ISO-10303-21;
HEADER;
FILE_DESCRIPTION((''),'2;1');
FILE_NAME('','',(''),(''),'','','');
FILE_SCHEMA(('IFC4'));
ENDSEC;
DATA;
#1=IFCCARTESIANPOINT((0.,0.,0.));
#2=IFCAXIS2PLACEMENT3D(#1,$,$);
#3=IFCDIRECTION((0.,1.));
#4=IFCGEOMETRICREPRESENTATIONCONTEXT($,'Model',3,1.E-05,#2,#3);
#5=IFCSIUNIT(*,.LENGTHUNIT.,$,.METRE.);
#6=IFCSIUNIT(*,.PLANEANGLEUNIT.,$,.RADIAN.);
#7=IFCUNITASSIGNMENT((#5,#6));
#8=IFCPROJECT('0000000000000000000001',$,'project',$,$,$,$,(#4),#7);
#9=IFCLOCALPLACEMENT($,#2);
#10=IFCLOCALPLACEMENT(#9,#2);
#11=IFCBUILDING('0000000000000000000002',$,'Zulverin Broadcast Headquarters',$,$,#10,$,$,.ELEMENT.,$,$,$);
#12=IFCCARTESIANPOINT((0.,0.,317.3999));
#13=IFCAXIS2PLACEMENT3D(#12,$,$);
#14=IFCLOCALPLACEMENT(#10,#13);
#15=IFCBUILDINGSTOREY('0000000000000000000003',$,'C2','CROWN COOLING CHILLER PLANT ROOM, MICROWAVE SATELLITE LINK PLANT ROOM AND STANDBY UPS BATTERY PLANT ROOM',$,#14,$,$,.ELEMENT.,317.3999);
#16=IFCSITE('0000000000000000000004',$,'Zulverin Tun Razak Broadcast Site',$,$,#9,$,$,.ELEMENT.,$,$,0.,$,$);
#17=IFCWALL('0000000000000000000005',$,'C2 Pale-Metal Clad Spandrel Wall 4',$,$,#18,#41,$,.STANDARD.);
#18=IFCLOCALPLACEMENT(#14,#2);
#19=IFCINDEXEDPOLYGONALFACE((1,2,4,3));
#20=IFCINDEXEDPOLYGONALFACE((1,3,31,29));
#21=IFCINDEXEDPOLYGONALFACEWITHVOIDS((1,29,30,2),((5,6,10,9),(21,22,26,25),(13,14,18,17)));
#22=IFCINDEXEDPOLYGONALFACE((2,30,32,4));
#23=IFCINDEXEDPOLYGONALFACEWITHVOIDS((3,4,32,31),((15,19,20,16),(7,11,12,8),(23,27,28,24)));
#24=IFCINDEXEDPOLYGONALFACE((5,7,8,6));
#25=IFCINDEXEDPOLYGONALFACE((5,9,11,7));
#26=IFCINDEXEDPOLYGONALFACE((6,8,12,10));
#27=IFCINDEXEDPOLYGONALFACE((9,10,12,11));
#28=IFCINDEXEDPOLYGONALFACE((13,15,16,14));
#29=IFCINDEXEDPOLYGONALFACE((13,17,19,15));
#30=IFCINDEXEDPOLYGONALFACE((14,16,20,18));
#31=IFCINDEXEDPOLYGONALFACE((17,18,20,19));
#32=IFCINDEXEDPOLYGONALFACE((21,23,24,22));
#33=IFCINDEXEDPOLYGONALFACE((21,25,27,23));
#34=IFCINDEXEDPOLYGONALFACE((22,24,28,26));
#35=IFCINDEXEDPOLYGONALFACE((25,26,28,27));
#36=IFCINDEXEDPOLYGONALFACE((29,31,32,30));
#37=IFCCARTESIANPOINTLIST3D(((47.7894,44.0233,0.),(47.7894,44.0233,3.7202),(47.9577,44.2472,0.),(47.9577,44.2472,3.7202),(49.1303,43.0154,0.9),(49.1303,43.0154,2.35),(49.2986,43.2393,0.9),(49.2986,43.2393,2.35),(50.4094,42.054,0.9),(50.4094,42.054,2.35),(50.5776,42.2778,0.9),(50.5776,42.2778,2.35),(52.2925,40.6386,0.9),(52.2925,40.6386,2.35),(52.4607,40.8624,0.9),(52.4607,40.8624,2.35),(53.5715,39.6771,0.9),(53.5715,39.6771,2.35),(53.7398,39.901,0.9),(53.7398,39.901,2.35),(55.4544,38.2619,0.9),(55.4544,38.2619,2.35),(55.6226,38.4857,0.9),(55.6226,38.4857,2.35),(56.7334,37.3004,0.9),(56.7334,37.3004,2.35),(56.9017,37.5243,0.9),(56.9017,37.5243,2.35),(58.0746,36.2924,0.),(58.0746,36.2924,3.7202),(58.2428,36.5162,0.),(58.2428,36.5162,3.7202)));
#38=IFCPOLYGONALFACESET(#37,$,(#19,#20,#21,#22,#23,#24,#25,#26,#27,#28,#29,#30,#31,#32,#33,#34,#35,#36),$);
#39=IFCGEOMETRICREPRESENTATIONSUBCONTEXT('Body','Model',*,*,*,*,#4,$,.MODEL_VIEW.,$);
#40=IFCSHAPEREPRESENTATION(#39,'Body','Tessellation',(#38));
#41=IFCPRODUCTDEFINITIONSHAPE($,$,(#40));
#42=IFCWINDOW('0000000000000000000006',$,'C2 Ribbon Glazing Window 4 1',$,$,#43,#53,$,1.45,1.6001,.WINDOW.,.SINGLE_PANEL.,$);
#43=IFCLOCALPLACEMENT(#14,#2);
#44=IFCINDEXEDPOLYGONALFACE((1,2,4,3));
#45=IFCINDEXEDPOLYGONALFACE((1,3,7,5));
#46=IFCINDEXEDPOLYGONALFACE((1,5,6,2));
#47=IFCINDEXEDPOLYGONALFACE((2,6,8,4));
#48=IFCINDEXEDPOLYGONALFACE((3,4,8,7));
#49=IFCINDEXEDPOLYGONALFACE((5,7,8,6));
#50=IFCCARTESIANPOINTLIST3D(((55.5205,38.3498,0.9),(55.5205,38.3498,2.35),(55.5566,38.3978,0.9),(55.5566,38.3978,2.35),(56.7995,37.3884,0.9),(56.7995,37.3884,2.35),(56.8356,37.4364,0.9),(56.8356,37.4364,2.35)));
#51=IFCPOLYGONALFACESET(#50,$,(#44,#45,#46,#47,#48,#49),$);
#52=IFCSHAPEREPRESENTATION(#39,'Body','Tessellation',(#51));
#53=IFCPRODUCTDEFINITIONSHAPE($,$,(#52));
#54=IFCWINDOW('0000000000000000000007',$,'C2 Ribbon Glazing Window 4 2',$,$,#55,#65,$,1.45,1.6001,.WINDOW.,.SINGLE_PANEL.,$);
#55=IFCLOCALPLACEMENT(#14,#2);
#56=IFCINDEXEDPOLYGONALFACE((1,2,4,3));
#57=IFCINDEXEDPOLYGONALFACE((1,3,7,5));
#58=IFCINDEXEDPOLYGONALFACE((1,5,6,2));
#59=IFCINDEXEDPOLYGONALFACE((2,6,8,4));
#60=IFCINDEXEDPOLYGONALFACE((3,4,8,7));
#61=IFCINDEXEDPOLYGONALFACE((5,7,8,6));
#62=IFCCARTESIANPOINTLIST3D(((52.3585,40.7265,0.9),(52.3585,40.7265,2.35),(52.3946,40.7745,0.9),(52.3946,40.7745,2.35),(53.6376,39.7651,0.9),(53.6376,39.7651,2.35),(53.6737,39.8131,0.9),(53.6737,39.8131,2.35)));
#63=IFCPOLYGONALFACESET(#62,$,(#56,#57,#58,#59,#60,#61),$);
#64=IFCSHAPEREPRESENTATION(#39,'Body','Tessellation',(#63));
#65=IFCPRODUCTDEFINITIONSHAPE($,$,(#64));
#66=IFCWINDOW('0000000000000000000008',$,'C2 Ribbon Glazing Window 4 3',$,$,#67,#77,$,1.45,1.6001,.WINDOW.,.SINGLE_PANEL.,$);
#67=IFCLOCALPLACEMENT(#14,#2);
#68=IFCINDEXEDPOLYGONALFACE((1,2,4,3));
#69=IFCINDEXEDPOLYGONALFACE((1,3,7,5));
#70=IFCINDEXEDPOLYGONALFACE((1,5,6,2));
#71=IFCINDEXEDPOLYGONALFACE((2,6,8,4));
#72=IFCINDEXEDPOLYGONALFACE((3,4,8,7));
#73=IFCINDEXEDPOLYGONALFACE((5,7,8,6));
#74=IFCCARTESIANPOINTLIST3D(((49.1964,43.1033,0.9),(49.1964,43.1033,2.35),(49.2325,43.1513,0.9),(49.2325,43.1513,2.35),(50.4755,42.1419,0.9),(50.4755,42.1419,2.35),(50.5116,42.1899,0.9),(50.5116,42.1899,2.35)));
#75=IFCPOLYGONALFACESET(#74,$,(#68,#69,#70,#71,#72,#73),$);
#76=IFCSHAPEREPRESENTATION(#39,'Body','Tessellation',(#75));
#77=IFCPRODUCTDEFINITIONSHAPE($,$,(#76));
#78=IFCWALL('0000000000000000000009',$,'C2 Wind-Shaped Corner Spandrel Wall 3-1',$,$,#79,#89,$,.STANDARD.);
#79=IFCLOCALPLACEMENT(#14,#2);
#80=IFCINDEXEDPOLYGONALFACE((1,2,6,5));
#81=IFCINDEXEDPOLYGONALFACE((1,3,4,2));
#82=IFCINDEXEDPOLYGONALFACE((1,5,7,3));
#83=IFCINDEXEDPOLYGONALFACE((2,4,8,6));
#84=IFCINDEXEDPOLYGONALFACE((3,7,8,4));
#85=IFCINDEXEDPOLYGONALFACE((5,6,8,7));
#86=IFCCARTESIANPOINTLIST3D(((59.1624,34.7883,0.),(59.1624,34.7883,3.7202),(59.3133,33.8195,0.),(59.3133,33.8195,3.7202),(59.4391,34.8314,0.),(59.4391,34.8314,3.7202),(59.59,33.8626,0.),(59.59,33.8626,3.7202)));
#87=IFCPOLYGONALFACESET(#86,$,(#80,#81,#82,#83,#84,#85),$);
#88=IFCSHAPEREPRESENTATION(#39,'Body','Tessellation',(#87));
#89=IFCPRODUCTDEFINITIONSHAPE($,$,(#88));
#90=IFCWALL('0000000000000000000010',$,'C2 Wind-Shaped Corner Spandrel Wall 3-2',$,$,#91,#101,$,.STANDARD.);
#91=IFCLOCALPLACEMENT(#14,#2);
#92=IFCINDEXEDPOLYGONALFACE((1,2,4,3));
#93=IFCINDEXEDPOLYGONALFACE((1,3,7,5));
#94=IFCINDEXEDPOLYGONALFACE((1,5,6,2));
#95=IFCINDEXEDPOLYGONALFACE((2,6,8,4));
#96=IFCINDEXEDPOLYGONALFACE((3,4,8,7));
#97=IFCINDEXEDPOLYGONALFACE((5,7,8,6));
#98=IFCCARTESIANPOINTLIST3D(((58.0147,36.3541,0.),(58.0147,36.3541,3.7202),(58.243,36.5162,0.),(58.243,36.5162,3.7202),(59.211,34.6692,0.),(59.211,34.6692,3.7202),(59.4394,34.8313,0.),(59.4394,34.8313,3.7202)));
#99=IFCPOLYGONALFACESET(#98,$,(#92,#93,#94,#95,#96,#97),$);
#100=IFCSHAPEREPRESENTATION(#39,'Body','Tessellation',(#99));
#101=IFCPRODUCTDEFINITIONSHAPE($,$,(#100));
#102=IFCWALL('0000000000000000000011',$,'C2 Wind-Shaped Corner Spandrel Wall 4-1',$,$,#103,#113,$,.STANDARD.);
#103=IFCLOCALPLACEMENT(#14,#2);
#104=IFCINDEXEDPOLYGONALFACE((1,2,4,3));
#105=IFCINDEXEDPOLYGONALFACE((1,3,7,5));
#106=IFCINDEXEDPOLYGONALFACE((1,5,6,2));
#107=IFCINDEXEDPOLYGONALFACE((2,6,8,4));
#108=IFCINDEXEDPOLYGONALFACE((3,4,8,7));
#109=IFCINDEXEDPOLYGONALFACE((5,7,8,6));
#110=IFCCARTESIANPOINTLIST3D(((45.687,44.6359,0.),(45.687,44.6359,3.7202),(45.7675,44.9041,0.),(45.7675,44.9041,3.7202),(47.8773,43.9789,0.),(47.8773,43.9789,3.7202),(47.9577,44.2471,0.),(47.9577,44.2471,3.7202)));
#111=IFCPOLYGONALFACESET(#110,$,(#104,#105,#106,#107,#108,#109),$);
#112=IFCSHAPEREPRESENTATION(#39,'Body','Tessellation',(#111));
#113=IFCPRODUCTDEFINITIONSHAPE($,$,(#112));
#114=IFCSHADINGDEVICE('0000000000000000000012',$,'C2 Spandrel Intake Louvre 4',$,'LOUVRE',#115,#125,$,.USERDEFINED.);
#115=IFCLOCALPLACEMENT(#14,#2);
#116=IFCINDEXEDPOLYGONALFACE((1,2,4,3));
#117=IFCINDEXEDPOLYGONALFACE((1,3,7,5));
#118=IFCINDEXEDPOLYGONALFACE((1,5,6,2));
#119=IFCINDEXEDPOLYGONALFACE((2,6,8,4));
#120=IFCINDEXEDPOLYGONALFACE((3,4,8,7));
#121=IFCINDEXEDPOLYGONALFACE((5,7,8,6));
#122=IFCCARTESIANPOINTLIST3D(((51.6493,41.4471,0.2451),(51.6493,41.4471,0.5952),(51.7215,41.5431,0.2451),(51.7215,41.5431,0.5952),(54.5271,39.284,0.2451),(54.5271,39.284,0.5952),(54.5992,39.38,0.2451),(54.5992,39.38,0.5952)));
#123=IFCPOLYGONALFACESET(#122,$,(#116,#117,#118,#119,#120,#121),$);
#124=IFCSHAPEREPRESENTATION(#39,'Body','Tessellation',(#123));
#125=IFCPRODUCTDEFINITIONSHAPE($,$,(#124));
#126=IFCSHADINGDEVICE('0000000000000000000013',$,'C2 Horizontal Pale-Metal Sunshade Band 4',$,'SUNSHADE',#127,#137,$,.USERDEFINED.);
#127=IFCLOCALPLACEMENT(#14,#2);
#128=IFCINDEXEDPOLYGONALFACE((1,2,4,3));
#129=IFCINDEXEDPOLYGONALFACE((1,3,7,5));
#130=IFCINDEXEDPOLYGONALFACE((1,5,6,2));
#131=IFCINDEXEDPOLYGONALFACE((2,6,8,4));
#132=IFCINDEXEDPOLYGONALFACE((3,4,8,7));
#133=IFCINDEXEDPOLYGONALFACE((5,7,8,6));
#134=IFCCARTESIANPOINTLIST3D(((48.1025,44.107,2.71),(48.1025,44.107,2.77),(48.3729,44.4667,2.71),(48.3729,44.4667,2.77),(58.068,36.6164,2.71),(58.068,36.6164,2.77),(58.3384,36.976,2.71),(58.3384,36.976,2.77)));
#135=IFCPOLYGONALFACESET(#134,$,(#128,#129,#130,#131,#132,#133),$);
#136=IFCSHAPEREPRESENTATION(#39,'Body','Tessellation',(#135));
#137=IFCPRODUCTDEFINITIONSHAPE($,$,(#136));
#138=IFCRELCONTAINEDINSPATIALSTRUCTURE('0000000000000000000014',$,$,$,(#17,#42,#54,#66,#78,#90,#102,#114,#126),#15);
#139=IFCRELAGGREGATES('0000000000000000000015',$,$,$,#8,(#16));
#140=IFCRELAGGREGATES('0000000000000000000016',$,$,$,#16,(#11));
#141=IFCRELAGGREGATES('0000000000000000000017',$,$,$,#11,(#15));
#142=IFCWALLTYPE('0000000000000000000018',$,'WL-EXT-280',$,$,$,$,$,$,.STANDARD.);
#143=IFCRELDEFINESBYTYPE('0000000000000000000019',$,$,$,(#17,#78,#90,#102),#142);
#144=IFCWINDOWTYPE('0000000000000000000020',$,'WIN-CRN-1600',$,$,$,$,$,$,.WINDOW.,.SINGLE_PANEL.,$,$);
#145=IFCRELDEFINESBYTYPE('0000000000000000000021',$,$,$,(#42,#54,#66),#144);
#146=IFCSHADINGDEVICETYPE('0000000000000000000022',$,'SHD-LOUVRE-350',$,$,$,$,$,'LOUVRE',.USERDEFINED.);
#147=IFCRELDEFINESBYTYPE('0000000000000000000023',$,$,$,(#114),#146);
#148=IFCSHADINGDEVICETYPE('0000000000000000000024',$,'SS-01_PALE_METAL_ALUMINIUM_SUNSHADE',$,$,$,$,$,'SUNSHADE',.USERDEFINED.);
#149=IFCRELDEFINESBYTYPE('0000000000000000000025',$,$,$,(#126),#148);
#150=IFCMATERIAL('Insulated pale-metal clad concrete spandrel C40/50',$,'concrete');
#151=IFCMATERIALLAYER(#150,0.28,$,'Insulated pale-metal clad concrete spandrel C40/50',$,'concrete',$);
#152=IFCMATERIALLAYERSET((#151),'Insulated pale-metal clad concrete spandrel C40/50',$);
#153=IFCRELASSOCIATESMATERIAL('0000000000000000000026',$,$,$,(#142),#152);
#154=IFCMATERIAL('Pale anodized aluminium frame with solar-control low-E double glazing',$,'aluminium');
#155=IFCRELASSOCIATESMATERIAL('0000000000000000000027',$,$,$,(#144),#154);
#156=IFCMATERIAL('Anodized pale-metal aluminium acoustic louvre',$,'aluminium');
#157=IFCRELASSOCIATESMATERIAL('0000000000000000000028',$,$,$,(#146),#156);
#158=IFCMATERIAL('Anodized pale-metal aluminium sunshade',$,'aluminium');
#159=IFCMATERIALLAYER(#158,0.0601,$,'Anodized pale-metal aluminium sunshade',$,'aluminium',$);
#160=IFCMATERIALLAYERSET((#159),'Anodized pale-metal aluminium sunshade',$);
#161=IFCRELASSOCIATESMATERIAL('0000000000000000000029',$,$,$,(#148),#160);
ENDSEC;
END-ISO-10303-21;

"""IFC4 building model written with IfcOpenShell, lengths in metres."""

from ifc_helpers import new_model, si_unit, direction, frame, frame_2d, origin, origin_2d, place, context, subcontext, project, spatial, rectangle, extrude, material, layer, layer_set, type_object, element, fill, save


model = new_model("IFC4")

# Units and contexts
model_context = context("Model", 3, precision=1e-05, world=origin(), true_north=direction((0.0, 1.0)))
body_context = subcontext(model_context, "Body", "Model", "MODEL_VIEW")
ifc_project = project(units=[si_unit("LENGTHUNIT", "METRE"), si_unit("PLANEANGLEUNIT", "RADIAN")], contexts=[model_context])

# Site, building, storey
site_placement = place(None, origin())
site = spatial("IfcSite", under=ifc_project, at=site_placement, Name="Zulverin Tun Razak Broadcast Site", CompositionType="ELEMENT", RefElevation=0.0)
building_placement = place(site_placement, origin())
building = spatial("IfcBuilding", under=site, at=building_placement, Name="Zulverin Broadcast Headquarters", CompositionType="ELEMENT")
storey_placement = place(building_placement, frame((0.0, 0.0, 317.3999)))
storey = spatial("IfcBuildingStorey", under=building, at=storey_placement, Name="C2", Description="CROWN COOLING CHILLER PLANT ROOM, MICROWAVE SATELLITE LINK PLANT ROOM AND STANDBY UPS BATTERY PLANT ROOM", CompositionType="ELEMENT", Elevation=317.3999)

# Wall, openings, windows
ifc_material_1 = material(Name="Insulated pale-metal clad concrete spandrel C40/50", Category="concrete")
ifc_layer_1 = layer(ifc_material_1, 0.28, Name="Insulated pale-metal clad concrete spandrel C40/50", Category="concrete")
ifc_layer_set_1 = layer_set([ifc_layer_1], Name="Insulated pale-metal clad concrete spandrel C40/50")
wall_type = type_object("IfcWallType", Name="WL-EXT-280", PredefinedType="STANDARD", material=ifc_layer_set_1)
wall_1_placement = place(storey_placement, frame((58.1587, 36.4043, 0.0), z_axis=(0.0, 0.0, 1.0), x_axis=(-0.799362, 0.60085, 0.0)))
wall_1 = element("IfcWall", 1, at=wall_1_placement, inside=storey, type_object=wall_type, Name="C2 Pale-Metal Clad Spandrel Wall 4", PredefinedType="STANDARD", context=body_context, shape_type="SweptSolid", body=[
    extrude(rectangle(XDim=12.8667, YDim=0.28, at=frame_2d((6.4333, 0.0))), origin(), (0.0, 0.0, 1.0), 3.7202),
])
opening_1_placement = place(wall_1_placement, frame((1.6777, 0.0, 0.8999)))
opening_1 = element("IfcOpeningElement", 2, at=opening_1_placement, cuts=wall_1, PredefinedType="OPENING", context=body_context, shape_type="SweptSolid", body=[
    extrude(rectangle(XDim=1.6001, YDim=1.45, at=frame_2d((0.8, 0.7251))), frame((0.0, 0.1499, 0.0), z_axis=(0.0, -1.0, 0.0), x_axis=(1.0, 0.0, 0.0)), (0.0, 0.0, 1.0), 0.3),
])
opening_2_placement = place(wall_1_placement, frame((5.6333, 0.0, 0.8999)))
opening_2 = element("IfcOpeningElement", 3, at=opening_2_placement, cuts=wall_1, PredefinedType="OPENING", context=body_context, shape_type="SweptSolid", body=[
    extrude(rectangle(XDim=1.6001, YDim=1.45, at=frame_2d((0.8, 0.7251))), frame((0.0, 0.1499, 0.0), z_axis=(0.0, -1.0, 0.0), x_axis=(1.0, 0.0, 0.0)), (0.0, 0.0, 1.0), 0.3),
])
opening_3_placement = place(wall_1_placement, frame((9.5891, 0.0, 0.8999)))
opening_3 = element("IfcOpeningElement", 4, at=opening_3_placement, cuts=wall_1, PredefinedType="OPENING", context=body_context, shape_type="SweptSolid", body=[
    extrude(rectangle(XDim=1.6001, YDim=1.45, at=frame_2d((0.8, 0.7251))), frame((0.0, 0.1499, 0.0), z_axis=(0.0, -1.0, 0.0), x_axis=(1.0, 0.0, 0.0)), (0.0, 0.0, 1.0), 0.3),
])
ifc_material_2 = material(Name="Pale anodized aluminium frame with solar-control low-E double glazing", Category="aluminium")
window_type = type_object("IfcWindowType", Name="WIN-CRN-1600", PartitioningType="SINGLE_PANEL", PredefinedType="WINDOW", material=ifc_material_2)
window_1_placement = place(opening_1_placement, origin())
window_1 = element("IfcWindow", 5, at=window_1_placement, inside=storey, type_object=window_type, Name="C2 Ribbon Glazing Window 4 1", OverallHeight=1.45, OverallWidth=1.6001, PartitioningType="SINGLE_PANEL", PredefinedType="WINDOW", context=body_context, shape_type="SweptSolid", body=[
    extrude(rectangle(XDim=1.6001, YDim=1.45, at=frame_2d((0.8, 0.7251))), frame((0.0, 0.03, 0.0), z_axis=(0.0, -1.0, 0.0), x_axis=(1.0, 0.0, 0.0)), (0.0, 0.0, 1.0), 0.0601),
])
fill(opening_1, window_1)
window_2_placement = place(opening_2_placement, origin())
window_2 = element("IfcWindow", 6, at=window_2_placement, inside=storey, type_object=window_type, Name="C2 Ribbon Glazing Window 4 2", OverallHeight=1.45, OverallWidth=1.6001, PartitioningType="SINGLE_PANEL", PredefinedType="WINDOW", context=body_context, shape_type="SweptSolid", body=[
    extrude(rectangle(XDim=1.6001, YDim=1.45, at=frame_2d((0.8, 0.7251))), frame((0.0, 0.03, 0.0), z_axis=(0.0, -1.0, 0.0), x_axis=(1.0, 0.0, 0.0)), (0.0, 0.0, 1.0), 0.0601),
])
fill(opening_2, window_2)
window_3_placement = place(opening_3_placement, origin())
window_3 = element("IfcWindow", 7, at=window_3_placement, inside=storey, type_object=window_type, Name="C2 Ribbon Glazing Window 4 3", OverallHeight=1.45, OverallWidth=1.6001, PartitioningType="SINGLE_PANEL", PredefinedType="WINDOW", context=body_context, shape_type="SweptSolid", body=[
    extrude(rectangle(XDim=1.6001, YDim=1.45, at=frame_2d((0.8, 0.7251))), frame((0.0, 0.03, 0.0), z_axis=(0.0, -1.0, 0.0), x_axis=(1.0, 0.0, 0.0)), (0.0, 0.0, 1.0), 0.0601),
])
fill(opening_3, window_3)

# Walls
wall_2_placement = place(storey_placement, frame((59.4517, 33.8411, 0.0), z_axis=(0.0, 0.0, 1.0), x_axis=(-0.153891, 0.988088, 0.0)))
element("IfcWall", 8, at=wall_2_placement, inside=storey, type_object=wall_type, Name="C2 Wind-Shaped Corner Spandrel Wall 3-1", PredefinedType="STANDARD", context=body_context, shape_type="SweptSolid", body=[
    extrude(rectangle(XDim=0.9805, YDim=0.28, at=frame_2d((0.4902, 0.0))), origin(), (0.0, 0.0, 1.0), 3.7202),
])
wall_3_placement = place(storey_placement, frame((59.3252, 34.7502, 0.0), z_axis=(0.0, 0.0, 1.0), x_axis=(-0.578945, 0.815367, 0.0)))
element("IfcWall", 9, at=wall_3_placement, inside=storey, type_object=wall_type, Name="C2 Wind-Shaped Corner Spandrel Wall 3-2", PredefinedType="STANDARD", context=body_context, shape_type="SweptSolid", body=[
    extrude(rectangle(XDim=2.0664, YDim=0.28, at=frame_2d((1.0332, 0.0))), origin(), (0.0, 0.0, 1.0), 3.7202),
])
wall_4_placement = place(storey_placement, frame((47.9175, 44.113, 0.0), z_axis=(0.0, 0.0, 1.0), x_axis=(-0.957835, 0.287318, 0.0)))
element("IfcWall", 10, at=wall_4_placement, inside=storey, type_object=wall_type, Name="C2 Wind-Shaped Corner Spandrel Wall 4-1", PredefinedType="STANDARD", context=body_context, shape_type="SweptSolid", body=[
    extrude(rectangle(XDim=2.2866, YDim=0.28, at=frame_2d((1.1433, 0.0))), origin(), (0.0, 0.0, 1.0), 3.7202),
])

# Shading devices
ifc_material_3 = material(Name="Anodized pale-metal aluminium acoustic louvre", Category="aluminium")
shading_device_type_1 = type_object("IfcShadingDeviceType", Name="SHD-LOUVRE-350", ElementType="LOUVRE", PredefinedType="USERDEFINED", material=ifc_material_3)
shading_device_1_placement = place(storey_placement, frame((53.1243, 40.4136, 0.2451), z_axis=(0.0, 0.0, 1.0), x_axis=(-0.799365, 0.600846, 0.0)))
element("IfcShadingDevice", 11, at=shading_device_1_placement, inside=storey, type_object=shading_device_type_1, Name="C2 Spandrel Intake Louvre 4", ObjectType="LOUVRE", PredefinedType="USERDEFINED", context=body_context, shape_type="SweptSolid", body=[
    extrude(rectangle(XDim=3.6001, YDim=0.1201, at=origin_2d()), origin(), (0.0, 0.0, 1.0), 0.3501),
])
ifc_material_4 = material(Name="Anodized pale-metal aluminium sunshade", Category="aluminium")
ifc_layer_2 = layer(ifc_material_4, 0.0601, Name="Anodized pale-metal aluminium sunshade", Category="aluminium")
ifc_layer_set_2 = layer_set([ifc_layer_2], Name="Anodized pale-metal aluminium sunshade")
shading_device_type_2 = type_object("IfcShadingDeviceType", Name="SS-01_PALE_METAL_ALUMINIUM_SUNSHADE", ElementType="SUNSHADE", PredefinedType="USERDEFINED", material=ifc_layer_set_2)
shading_device_2_placement = place(storey_placement, frame((53.2205, 40.5415, 2.71), z_axis=(0.0, 0.0, 1.0), x_axis=(-0.799365, 0.600846, 0.0)))
element("IfcShadingDevice", 12, at=shading_device_2_placement, inside=storey, type_object=shading_device_type_2, Name="C2 Horizontal Pale-Metal Sunshade Band 4", ObjectType="SUNSHADE", PredefinedType="USERDEFINED", context=body_context, shape_type="SweptSolid", body=[
    extrude(rectangle(XDim=12.4668, YDim=0.45, at=origin_2d()), origin(), (0.0, 0.0, 1.0), 0.0601),
])

save(model, "model.ifc")
